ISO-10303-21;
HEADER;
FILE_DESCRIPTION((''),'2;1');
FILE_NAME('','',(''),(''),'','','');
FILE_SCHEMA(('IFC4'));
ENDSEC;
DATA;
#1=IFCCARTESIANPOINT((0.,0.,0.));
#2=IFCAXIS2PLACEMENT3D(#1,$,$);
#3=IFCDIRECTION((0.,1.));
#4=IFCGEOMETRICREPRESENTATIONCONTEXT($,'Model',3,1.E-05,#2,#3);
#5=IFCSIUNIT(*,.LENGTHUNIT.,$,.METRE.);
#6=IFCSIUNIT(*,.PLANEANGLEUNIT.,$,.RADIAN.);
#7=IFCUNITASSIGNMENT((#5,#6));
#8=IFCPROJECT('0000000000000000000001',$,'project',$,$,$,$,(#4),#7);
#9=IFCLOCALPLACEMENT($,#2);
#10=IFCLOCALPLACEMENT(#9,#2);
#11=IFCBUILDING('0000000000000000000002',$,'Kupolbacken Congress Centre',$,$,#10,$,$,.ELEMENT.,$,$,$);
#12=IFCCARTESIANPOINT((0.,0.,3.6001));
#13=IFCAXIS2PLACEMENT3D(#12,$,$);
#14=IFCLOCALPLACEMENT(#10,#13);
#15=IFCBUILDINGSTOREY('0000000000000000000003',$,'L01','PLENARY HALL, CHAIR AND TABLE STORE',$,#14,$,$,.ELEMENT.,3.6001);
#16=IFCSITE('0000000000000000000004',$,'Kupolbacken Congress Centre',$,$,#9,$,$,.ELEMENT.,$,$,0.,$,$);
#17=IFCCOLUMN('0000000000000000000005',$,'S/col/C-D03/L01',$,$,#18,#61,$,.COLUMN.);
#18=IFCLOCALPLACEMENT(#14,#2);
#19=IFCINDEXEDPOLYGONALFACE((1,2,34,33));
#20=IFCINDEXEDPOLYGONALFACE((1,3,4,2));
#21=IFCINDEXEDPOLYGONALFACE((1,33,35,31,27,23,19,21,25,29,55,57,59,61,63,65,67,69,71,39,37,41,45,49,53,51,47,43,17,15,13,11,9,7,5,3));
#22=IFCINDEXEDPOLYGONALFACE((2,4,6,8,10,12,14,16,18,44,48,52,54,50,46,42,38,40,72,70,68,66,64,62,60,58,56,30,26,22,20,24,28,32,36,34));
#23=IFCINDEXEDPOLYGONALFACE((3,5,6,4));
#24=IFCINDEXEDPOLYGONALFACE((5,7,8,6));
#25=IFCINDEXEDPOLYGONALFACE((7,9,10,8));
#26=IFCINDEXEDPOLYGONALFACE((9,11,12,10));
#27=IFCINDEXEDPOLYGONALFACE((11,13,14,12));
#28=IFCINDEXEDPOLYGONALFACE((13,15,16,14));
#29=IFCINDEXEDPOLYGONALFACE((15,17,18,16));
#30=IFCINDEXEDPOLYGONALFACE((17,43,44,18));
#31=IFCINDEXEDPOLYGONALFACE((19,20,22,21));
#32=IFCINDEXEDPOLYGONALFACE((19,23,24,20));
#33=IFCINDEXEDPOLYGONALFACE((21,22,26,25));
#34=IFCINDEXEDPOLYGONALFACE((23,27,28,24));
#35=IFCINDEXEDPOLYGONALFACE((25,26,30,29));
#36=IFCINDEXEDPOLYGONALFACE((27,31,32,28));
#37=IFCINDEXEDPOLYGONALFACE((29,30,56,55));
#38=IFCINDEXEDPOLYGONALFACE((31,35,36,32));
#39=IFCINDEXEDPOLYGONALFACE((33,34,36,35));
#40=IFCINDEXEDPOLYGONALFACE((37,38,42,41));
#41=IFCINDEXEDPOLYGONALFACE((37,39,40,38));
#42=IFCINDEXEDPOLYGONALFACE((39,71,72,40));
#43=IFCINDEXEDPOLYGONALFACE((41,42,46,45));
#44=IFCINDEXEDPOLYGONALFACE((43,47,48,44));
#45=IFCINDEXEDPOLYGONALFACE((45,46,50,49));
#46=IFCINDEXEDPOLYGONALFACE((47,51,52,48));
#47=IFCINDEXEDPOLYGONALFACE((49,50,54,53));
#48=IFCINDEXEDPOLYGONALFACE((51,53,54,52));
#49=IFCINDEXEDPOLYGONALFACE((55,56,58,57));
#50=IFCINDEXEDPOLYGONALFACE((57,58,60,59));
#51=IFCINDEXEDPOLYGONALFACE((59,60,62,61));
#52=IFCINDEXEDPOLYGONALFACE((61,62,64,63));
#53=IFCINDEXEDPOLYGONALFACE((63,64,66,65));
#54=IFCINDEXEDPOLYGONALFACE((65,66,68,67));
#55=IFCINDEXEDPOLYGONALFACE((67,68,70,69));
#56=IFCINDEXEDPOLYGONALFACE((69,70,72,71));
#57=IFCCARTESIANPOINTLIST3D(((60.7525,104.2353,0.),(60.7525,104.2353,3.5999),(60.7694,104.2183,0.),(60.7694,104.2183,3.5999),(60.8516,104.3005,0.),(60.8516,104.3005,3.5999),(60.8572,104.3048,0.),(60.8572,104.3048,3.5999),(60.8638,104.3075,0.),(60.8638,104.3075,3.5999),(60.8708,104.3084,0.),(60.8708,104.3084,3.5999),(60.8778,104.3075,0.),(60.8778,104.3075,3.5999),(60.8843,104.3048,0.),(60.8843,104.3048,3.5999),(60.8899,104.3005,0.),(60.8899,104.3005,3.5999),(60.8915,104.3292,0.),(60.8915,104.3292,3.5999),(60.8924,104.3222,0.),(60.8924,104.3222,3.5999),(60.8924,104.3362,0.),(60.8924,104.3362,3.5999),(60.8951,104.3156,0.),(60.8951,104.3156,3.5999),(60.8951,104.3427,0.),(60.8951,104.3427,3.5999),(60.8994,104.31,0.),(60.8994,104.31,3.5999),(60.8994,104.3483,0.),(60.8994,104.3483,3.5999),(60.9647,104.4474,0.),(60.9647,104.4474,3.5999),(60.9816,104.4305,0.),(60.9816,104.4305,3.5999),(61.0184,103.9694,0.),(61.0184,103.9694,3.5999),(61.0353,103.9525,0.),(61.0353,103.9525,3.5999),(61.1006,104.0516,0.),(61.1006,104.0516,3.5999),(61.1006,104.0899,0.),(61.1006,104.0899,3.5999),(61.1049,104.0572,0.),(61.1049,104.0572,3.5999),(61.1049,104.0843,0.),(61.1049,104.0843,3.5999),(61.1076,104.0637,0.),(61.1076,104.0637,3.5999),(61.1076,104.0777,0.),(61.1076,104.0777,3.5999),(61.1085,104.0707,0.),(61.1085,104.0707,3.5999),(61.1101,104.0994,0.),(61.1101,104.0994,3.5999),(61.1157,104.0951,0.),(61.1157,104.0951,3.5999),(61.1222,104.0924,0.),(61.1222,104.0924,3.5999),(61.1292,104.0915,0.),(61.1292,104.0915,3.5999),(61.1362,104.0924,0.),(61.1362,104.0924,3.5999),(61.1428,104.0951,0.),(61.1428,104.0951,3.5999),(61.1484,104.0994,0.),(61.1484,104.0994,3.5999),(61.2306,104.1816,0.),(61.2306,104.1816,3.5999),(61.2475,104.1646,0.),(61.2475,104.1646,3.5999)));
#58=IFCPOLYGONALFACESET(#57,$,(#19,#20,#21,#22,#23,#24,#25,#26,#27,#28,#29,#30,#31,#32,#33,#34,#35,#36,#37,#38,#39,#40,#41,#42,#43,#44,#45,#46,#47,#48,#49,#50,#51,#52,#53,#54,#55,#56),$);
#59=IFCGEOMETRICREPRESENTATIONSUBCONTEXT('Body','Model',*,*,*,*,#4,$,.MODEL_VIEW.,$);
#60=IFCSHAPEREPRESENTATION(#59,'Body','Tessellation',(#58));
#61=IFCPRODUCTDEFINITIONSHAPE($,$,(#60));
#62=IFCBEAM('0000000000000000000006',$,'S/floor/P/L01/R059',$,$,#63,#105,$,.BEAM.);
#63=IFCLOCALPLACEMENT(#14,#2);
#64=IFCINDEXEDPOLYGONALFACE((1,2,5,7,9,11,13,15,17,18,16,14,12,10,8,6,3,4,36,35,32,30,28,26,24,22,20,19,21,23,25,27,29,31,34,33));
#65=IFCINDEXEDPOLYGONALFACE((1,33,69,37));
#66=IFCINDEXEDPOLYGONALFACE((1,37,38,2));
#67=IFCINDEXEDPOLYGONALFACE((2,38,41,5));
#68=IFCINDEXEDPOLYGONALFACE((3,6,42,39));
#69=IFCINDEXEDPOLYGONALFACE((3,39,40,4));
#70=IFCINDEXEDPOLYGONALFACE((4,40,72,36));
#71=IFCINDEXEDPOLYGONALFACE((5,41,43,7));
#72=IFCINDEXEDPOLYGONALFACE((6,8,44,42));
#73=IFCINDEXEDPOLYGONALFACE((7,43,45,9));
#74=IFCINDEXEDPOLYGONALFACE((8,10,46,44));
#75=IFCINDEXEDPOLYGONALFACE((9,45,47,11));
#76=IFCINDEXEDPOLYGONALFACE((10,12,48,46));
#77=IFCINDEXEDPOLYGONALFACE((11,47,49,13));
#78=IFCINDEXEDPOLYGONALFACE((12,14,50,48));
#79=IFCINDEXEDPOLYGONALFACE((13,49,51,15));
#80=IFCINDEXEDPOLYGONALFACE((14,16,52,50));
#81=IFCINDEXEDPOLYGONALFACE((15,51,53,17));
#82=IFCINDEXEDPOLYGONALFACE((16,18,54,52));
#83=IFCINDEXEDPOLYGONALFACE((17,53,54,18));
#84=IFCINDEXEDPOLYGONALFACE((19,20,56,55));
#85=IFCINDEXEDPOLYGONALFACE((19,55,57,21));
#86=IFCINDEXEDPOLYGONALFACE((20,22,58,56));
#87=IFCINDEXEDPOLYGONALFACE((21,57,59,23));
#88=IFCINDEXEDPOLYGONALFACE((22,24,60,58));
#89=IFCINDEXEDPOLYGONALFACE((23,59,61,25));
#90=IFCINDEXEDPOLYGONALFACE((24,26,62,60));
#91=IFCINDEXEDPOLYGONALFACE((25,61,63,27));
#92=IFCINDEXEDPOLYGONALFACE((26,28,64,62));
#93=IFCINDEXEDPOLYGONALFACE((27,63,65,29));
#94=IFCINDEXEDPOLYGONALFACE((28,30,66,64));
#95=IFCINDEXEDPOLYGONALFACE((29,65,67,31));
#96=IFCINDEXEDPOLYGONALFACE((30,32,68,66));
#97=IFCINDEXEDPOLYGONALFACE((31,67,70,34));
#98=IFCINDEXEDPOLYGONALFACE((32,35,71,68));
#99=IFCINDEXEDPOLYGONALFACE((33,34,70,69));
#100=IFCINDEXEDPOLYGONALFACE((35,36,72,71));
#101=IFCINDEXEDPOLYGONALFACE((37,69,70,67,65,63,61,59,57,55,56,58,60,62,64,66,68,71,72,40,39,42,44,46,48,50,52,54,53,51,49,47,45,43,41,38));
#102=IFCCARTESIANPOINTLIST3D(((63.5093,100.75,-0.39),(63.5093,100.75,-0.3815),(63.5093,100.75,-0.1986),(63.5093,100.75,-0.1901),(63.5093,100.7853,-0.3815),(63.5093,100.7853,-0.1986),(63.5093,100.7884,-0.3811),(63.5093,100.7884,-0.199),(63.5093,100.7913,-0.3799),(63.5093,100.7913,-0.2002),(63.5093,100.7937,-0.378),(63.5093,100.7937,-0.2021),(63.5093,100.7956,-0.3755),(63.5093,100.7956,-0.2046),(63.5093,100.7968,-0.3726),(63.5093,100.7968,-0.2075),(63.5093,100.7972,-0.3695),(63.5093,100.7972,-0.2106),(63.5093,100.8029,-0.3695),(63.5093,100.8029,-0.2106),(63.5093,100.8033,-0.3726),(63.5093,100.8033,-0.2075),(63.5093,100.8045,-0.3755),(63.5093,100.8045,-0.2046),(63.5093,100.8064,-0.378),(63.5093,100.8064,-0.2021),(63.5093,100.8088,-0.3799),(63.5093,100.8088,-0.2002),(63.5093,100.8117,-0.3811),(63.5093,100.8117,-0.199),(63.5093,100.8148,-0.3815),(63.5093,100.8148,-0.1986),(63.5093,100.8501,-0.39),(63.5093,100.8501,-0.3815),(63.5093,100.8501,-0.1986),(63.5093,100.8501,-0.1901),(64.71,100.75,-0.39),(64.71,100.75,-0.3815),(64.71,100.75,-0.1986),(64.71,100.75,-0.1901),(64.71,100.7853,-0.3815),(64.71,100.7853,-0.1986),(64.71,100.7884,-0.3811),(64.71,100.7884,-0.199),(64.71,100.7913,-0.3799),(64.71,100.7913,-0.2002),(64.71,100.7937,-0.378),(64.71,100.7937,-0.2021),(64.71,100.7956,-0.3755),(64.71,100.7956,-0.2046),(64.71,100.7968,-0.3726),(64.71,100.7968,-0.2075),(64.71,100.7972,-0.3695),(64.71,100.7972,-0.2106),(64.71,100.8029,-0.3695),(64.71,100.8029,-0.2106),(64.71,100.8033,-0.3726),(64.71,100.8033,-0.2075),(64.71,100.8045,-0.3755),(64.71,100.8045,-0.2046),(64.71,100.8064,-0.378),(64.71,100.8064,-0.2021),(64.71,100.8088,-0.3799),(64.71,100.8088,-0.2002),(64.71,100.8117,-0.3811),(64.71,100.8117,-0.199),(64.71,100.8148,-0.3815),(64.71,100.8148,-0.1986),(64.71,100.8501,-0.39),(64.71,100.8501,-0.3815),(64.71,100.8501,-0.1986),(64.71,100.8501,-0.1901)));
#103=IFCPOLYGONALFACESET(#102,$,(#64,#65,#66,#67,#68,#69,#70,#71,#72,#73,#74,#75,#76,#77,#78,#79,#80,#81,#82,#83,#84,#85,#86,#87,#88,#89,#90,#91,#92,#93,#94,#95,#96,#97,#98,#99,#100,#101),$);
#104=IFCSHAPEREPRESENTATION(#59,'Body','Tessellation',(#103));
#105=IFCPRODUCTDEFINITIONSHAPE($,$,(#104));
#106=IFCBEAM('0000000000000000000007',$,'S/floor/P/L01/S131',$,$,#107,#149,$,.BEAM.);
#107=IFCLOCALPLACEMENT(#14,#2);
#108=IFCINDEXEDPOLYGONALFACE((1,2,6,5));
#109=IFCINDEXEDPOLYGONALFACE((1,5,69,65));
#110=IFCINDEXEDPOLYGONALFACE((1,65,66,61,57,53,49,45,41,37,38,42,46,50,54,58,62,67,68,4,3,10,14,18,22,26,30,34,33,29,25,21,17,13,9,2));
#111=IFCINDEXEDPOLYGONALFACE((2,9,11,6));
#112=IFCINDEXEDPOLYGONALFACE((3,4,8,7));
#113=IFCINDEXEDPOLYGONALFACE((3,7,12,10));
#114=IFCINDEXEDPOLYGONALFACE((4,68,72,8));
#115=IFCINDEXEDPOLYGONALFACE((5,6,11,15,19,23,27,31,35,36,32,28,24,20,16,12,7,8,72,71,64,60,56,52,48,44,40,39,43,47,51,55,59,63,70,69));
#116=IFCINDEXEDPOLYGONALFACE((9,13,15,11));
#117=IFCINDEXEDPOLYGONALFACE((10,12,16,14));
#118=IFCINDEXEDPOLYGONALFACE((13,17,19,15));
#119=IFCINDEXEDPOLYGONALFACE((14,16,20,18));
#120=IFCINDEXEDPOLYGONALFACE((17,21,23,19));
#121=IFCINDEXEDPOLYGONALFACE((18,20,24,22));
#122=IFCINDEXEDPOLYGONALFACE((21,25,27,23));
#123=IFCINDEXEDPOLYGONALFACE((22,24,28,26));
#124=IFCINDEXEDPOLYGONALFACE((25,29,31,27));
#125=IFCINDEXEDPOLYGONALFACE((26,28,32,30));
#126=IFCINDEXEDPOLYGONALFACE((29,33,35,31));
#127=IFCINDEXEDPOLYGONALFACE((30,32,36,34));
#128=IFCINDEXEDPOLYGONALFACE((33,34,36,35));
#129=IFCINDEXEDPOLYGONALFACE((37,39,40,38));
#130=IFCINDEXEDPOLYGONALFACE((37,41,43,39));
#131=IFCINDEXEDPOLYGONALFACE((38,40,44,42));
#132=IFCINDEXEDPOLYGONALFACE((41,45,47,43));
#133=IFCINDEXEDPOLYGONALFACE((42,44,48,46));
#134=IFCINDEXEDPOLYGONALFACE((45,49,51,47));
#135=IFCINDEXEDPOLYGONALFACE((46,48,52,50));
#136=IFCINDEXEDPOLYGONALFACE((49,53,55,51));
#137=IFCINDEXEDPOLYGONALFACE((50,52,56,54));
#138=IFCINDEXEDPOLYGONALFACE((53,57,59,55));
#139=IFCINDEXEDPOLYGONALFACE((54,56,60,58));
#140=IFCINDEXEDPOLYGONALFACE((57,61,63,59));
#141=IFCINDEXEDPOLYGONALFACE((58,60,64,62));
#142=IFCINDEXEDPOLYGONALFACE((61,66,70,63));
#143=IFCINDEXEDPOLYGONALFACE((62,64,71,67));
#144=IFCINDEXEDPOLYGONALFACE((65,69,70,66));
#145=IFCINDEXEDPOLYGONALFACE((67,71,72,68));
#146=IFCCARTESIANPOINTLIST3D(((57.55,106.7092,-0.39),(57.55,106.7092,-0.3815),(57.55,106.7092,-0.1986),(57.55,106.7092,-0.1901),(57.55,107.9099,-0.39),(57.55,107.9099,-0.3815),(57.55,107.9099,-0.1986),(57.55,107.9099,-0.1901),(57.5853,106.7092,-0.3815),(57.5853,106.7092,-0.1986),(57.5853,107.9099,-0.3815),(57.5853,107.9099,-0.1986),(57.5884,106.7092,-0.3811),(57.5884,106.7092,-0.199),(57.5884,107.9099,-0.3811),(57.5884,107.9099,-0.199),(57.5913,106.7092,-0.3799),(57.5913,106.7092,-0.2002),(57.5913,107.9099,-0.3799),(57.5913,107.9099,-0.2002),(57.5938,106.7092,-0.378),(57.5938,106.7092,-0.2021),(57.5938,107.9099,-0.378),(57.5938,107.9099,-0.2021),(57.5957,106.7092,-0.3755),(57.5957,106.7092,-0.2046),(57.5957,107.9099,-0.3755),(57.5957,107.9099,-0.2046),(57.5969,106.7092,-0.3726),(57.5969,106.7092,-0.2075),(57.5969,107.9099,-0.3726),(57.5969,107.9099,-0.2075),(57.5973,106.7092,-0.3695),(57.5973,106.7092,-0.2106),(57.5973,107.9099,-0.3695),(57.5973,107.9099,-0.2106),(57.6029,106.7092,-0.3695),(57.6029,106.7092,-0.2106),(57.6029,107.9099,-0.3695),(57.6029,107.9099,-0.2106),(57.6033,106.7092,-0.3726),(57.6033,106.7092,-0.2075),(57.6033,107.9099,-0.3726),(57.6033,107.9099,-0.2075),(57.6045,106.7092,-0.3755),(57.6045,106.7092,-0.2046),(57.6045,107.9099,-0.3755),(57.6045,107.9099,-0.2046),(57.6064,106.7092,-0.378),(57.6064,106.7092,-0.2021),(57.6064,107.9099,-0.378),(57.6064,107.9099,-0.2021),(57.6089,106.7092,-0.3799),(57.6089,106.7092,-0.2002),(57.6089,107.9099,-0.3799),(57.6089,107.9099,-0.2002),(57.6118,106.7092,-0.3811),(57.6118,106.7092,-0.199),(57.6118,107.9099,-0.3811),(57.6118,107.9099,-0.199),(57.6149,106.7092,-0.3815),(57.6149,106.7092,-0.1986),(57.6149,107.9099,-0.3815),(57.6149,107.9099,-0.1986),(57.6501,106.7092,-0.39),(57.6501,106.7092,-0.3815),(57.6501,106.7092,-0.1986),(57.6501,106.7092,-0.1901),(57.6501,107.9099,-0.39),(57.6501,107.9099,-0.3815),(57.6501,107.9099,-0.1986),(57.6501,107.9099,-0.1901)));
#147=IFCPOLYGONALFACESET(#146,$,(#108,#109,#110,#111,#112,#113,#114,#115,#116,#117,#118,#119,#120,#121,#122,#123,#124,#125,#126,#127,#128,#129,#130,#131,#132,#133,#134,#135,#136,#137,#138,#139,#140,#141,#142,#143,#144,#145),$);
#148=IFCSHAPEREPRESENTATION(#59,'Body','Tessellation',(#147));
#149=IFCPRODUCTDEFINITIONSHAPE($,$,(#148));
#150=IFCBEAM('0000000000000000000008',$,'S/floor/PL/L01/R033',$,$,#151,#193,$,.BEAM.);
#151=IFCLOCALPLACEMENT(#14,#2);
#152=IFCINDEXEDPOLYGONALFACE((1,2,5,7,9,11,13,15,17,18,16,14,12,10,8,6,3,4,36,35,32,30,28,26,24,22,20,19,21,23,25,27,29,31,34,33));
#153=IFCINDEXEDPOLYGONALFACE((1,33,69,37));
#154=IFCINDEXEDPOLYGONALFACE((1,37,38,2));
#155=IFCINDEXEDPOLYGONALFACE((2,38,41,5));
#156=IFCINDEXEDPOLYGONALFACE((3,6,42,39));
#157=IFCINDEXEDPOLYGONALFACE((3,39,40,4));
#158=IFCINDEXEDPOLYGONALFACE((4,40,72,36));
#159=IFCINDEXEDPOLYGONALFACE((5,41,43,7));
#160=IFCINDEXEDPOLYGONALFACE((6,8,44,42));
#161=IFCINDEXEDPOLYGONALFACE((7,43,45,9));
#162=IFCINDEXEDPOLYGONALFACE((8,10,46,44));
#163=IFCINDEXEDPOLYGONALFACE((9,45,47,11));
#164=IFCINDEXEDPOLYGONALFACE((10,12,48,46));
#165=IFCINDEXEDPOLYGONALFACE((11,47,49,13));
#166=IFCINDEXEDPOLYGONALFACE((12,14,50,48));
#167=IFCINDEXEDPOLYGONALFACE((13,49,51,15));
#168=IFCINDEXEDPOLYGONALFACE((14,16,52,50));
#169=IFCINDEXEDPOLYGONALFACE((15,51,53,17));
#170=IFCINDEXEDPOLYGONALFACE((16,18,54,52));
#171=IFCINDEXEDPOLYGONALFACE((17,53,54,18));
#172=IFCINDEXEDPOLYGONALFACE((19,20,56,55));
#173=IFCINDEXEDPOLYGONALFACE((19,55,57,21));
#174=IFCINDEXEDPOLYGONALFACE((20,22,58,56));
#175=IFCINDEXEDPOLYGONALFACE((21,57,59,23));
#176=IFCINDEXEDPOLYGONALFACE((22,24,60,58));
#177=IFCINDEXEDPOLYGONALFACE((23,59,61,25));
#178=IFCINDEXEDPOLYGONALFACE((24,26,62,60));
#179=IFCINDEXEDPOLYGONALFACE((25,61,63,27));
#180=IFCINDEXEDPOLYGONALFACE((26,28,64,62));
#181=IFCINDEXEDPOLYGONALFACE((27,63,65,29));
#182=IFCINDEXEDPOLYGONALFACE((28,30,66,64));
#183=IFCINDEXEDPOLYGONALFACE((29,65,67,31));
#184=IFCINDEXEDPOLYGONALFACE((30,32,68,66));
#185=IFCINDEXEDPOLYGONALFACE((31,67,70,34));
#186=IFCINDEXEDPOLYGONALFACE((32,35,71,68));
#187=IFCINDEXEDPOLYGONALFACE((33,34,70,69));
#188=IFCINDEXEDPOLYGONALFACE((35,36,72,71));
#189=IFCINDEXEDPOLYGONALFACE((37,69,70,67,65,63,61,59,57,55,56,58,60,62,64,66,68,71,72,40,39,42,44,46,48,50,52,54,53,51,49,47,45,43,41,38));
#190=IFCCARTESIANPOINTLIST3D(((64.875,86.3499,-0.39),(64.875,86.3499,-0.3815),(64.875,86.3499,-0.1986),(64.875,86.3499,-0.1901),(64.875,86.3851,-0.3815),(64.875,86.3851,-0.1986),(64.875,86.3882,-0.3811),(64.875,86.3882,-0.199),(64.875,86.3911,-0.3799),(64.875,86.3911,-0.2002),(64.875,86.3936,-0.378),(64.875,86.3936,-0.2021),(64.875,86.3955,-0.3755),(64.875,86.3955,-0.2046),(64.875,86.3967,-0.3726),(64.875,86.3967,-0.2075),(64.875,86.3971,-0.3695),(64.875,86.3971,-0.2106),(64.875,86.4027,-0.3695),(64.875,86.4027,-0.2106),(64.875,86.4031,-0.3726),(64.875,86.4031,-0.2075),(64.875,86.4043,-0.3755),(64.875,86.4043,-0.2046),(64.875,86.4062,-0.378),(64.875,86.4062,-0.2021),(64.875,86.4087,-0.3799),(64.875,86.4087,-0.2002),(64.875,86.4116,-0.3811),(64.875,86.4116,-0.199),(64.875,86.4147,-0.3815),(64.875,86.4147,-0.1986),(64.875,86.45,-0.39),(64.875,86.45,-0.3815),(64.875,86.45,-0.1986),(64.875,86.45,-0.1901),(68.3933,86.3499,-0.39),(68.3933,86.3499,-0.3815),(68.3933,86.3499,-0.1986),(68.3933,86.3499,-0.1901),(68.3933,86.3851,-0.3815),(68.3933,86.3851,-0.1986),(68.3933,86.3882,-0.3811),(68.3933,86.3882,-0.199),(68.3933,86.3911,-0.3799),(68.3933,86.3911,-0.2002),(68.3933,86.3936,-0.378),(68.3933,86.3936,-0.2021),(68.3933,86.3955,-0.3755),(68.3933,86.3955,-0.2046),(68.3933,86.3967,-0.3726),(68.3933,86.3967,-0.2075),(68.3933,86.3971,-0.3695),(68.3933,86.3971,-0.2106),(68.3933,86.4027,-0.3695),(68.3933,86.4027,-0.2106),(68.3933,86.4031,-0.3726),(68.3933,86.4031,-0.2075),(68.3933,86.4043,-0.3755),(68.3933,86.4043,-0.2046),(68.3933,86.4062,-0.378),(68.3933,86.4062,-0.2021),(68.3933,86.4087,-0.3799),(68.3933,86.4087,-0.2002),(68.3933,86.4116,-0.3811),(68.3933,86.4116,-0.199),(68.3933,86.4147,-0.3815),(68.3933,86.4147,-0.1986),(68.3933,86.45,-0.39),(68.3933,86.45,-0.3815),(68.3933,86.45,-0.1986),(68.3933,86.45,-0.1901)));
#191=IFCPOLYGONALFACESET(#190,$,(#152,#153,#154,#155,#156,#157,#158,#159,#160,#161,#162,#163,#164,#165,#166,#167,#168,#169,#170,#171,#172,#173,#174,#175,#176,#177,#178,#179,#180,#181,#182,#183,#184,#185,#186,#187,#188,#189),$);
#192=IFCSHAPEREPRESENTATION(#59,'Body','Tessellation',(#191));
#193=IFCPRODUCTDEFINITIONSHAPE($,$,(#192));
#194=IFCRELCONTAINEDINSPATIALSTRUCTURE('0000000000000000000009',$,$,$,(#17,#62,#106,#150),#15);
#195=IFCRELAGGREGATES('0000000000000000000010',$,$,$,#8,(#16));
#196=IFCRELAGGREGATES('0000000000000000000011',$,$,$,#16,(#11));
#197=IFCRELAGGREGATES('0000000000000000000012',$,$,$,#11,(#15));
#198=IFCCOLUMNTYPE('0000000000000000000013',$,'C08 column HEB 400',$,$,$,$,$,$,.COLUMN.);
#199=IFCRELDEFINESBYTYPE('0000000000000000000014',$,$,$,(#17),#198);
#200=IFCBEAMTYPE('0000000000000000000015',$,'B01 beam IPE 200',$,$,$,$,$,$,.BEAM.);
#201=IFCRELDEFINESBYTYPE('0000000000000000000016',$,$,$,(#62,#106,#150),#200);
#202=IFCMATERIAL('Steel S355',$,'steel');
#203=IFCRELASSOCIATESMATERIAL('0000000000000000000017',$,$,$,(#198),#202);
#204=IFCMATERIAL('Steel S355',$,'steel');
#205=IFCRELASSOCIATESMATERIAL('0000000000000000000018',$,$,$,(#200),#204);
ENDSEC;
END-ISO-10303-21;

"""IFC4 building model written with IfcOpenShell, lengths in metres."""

from ifc_helpers import new_model, si_unit, direction, frame, origin, origin_2d, place, context, subcontext, project, spatial, i_section, extrude, material, material_profile, profile_set, type_object, element, save


model = new_model("IFC4")

# Units and contexts
model_context = context("Model", 3, precision=1e-05, world=origin(), true_north=direction((0.0, 1.0)))
body_context = subcontext(model_context, "Body", "Model", "MODEL_VIEW")
ifc_project = project(units=[si_unit("LENGTHUNIT", "METRE"), si_unit("PLANEANGLEUNIT", "RADIAN")], contexts=[model_context])

# Site, building, storey
site_placement = place(None, origin())
site = spatial("IfcSite", under=ifc_project, at=site_placement, Name="Kupolbacken Congress Centre", CompositionType="ELEMENT", RefElevation=0.0)
building_placement = place(site_placement, origin())
building = spatial("IfcBuilding", under=site, at=building_placement, Name="Kupolbacken Congress Centre", CompositionType="ELEMENT")
storey_placement = place(building_placement, frame((0.0, 0.0, 3.6001)))
storey = spatial("IfcBuildingStorey", under=building, at=storey_placement, Name="L01", Description="PLENARY HALL, CHAIR AND TABLE STORE", CompositionType="ELEMENT", Elevation=3.6001)

# Column
ifc_material_1 = material(Name="Steel S355", Category="steel")
ifc_material_profile_1 = material_profile(ifc_material_1, i_section(OverallWidth=0.3, OverallDepth=0.3999, WebThickness=0.0134, FlangeThickness=0.0239, FilletRadius=0.0271, at=origin_2d()), Name="HEB 400")
ifc_profile_set_1 = profile_set([ifc_material_profile_1], Name="Steel S355")
column_type = type_object("IfcColumnType", Name="C08 column HEB 400", PredefinedType="COLUMN", material=ifc_profile_set_1)
column_placement = place(storey_placement, frame((61.0, 104.2, 0.0), z_axis=(0.0, 0.0, 1.0), x_axis=(0.707107, 0.707107, 0.0)))
element("IfcColumn", 1, at=column_placement, inside=storey, type_object=column_type, Name="S/col/C-D03/L01", PredefinedType="COLUMN", context=body_context, shape_type="SweptSolid", body=[
    extrude(i_section(OverallWidth=0.3, OverallDepth=0.3999, WebThickness=0.0134, FlangeThickness=0.0239, FilletRadius=0.0271, at=origin_2d()), origin(), (0.0, 0.0, 1.0), 3.5999),
])

# Beams
ifc_material_2 = material(Name="Steel S355", Category="steel")
ifc_material_profile_2 = material_profile(ifc_material_2, i_section(OverallWidth=0.1001, OverallDepth=0.2, WebThickness=0.0056, FlangeThickness=0.0085, FilletRadius=0.012, at=origin_2d()), Name="IPE 200")
ifc_profile_set_2 = profile_set([ifc_material_profile_2], Name="Steel S355")
beam_type_1 = type_object("IfcBeamType", Name="B01 beam IPE 200", PredefinedType="BEAM", material=ifc_profile_set_2)
for number, where, z_axis, x_axis, name in (
    (2, (63.5093, 100.8, -0.29), (1.0, 0.0, 0.0), (0.0, 1.0, 0.0), "S/floor/P/L01/R059"),
    (3, (57.6001, 106.7092, -0.29), (0.0, 1.0, 0.0), (-1.0, 0.0, 0.0), "S/floor/P/L01/S131"),
):
    element("IfcBeam", number, at=place(storey_placement, frame(where, z_axis=z_axis, x_axis=x_axis)), inside=storey, type_object=beam_type_1, Name=name, PredefinedType="BEAM", context=body_context, shape_type="SweptSolid", body=[
        extrude(i_section(OverallWidth=0.1001, OverallDepth=0.2, WebThickness=0.0056, FlangeThickness=0.0085, FilletRadius=0.012, at=origin_2d()), origin(), (0.0, 0.0, 1.0), 1.2007),
    ])
beam_1_placement = place(storey_placement, frame((64.875, 86.3999, -0.29), z_axis=(1.0, 0.0, 0.0), x_axis=(0.0, 1.0, 0.0)))
element("IfcBeam", 4, at=beam_1_placement, inside=storey, type_object=beam_type_1, Name="S/floor/PL/L01/R033", PredefinedType="BEAM", context=body_context, shape_type="SweptSolid", body=[
    extrude(i_section(OverallWidth=0.1001, OverallDepth=0.2, WebThickness=0.0056, FlangeThickness=0.0085, FilletRadius=0.012, at=origin_2d()), origin(), (0.0, 0.0, 1.0), 3.5183),
])

save(model, "model.ifc")
